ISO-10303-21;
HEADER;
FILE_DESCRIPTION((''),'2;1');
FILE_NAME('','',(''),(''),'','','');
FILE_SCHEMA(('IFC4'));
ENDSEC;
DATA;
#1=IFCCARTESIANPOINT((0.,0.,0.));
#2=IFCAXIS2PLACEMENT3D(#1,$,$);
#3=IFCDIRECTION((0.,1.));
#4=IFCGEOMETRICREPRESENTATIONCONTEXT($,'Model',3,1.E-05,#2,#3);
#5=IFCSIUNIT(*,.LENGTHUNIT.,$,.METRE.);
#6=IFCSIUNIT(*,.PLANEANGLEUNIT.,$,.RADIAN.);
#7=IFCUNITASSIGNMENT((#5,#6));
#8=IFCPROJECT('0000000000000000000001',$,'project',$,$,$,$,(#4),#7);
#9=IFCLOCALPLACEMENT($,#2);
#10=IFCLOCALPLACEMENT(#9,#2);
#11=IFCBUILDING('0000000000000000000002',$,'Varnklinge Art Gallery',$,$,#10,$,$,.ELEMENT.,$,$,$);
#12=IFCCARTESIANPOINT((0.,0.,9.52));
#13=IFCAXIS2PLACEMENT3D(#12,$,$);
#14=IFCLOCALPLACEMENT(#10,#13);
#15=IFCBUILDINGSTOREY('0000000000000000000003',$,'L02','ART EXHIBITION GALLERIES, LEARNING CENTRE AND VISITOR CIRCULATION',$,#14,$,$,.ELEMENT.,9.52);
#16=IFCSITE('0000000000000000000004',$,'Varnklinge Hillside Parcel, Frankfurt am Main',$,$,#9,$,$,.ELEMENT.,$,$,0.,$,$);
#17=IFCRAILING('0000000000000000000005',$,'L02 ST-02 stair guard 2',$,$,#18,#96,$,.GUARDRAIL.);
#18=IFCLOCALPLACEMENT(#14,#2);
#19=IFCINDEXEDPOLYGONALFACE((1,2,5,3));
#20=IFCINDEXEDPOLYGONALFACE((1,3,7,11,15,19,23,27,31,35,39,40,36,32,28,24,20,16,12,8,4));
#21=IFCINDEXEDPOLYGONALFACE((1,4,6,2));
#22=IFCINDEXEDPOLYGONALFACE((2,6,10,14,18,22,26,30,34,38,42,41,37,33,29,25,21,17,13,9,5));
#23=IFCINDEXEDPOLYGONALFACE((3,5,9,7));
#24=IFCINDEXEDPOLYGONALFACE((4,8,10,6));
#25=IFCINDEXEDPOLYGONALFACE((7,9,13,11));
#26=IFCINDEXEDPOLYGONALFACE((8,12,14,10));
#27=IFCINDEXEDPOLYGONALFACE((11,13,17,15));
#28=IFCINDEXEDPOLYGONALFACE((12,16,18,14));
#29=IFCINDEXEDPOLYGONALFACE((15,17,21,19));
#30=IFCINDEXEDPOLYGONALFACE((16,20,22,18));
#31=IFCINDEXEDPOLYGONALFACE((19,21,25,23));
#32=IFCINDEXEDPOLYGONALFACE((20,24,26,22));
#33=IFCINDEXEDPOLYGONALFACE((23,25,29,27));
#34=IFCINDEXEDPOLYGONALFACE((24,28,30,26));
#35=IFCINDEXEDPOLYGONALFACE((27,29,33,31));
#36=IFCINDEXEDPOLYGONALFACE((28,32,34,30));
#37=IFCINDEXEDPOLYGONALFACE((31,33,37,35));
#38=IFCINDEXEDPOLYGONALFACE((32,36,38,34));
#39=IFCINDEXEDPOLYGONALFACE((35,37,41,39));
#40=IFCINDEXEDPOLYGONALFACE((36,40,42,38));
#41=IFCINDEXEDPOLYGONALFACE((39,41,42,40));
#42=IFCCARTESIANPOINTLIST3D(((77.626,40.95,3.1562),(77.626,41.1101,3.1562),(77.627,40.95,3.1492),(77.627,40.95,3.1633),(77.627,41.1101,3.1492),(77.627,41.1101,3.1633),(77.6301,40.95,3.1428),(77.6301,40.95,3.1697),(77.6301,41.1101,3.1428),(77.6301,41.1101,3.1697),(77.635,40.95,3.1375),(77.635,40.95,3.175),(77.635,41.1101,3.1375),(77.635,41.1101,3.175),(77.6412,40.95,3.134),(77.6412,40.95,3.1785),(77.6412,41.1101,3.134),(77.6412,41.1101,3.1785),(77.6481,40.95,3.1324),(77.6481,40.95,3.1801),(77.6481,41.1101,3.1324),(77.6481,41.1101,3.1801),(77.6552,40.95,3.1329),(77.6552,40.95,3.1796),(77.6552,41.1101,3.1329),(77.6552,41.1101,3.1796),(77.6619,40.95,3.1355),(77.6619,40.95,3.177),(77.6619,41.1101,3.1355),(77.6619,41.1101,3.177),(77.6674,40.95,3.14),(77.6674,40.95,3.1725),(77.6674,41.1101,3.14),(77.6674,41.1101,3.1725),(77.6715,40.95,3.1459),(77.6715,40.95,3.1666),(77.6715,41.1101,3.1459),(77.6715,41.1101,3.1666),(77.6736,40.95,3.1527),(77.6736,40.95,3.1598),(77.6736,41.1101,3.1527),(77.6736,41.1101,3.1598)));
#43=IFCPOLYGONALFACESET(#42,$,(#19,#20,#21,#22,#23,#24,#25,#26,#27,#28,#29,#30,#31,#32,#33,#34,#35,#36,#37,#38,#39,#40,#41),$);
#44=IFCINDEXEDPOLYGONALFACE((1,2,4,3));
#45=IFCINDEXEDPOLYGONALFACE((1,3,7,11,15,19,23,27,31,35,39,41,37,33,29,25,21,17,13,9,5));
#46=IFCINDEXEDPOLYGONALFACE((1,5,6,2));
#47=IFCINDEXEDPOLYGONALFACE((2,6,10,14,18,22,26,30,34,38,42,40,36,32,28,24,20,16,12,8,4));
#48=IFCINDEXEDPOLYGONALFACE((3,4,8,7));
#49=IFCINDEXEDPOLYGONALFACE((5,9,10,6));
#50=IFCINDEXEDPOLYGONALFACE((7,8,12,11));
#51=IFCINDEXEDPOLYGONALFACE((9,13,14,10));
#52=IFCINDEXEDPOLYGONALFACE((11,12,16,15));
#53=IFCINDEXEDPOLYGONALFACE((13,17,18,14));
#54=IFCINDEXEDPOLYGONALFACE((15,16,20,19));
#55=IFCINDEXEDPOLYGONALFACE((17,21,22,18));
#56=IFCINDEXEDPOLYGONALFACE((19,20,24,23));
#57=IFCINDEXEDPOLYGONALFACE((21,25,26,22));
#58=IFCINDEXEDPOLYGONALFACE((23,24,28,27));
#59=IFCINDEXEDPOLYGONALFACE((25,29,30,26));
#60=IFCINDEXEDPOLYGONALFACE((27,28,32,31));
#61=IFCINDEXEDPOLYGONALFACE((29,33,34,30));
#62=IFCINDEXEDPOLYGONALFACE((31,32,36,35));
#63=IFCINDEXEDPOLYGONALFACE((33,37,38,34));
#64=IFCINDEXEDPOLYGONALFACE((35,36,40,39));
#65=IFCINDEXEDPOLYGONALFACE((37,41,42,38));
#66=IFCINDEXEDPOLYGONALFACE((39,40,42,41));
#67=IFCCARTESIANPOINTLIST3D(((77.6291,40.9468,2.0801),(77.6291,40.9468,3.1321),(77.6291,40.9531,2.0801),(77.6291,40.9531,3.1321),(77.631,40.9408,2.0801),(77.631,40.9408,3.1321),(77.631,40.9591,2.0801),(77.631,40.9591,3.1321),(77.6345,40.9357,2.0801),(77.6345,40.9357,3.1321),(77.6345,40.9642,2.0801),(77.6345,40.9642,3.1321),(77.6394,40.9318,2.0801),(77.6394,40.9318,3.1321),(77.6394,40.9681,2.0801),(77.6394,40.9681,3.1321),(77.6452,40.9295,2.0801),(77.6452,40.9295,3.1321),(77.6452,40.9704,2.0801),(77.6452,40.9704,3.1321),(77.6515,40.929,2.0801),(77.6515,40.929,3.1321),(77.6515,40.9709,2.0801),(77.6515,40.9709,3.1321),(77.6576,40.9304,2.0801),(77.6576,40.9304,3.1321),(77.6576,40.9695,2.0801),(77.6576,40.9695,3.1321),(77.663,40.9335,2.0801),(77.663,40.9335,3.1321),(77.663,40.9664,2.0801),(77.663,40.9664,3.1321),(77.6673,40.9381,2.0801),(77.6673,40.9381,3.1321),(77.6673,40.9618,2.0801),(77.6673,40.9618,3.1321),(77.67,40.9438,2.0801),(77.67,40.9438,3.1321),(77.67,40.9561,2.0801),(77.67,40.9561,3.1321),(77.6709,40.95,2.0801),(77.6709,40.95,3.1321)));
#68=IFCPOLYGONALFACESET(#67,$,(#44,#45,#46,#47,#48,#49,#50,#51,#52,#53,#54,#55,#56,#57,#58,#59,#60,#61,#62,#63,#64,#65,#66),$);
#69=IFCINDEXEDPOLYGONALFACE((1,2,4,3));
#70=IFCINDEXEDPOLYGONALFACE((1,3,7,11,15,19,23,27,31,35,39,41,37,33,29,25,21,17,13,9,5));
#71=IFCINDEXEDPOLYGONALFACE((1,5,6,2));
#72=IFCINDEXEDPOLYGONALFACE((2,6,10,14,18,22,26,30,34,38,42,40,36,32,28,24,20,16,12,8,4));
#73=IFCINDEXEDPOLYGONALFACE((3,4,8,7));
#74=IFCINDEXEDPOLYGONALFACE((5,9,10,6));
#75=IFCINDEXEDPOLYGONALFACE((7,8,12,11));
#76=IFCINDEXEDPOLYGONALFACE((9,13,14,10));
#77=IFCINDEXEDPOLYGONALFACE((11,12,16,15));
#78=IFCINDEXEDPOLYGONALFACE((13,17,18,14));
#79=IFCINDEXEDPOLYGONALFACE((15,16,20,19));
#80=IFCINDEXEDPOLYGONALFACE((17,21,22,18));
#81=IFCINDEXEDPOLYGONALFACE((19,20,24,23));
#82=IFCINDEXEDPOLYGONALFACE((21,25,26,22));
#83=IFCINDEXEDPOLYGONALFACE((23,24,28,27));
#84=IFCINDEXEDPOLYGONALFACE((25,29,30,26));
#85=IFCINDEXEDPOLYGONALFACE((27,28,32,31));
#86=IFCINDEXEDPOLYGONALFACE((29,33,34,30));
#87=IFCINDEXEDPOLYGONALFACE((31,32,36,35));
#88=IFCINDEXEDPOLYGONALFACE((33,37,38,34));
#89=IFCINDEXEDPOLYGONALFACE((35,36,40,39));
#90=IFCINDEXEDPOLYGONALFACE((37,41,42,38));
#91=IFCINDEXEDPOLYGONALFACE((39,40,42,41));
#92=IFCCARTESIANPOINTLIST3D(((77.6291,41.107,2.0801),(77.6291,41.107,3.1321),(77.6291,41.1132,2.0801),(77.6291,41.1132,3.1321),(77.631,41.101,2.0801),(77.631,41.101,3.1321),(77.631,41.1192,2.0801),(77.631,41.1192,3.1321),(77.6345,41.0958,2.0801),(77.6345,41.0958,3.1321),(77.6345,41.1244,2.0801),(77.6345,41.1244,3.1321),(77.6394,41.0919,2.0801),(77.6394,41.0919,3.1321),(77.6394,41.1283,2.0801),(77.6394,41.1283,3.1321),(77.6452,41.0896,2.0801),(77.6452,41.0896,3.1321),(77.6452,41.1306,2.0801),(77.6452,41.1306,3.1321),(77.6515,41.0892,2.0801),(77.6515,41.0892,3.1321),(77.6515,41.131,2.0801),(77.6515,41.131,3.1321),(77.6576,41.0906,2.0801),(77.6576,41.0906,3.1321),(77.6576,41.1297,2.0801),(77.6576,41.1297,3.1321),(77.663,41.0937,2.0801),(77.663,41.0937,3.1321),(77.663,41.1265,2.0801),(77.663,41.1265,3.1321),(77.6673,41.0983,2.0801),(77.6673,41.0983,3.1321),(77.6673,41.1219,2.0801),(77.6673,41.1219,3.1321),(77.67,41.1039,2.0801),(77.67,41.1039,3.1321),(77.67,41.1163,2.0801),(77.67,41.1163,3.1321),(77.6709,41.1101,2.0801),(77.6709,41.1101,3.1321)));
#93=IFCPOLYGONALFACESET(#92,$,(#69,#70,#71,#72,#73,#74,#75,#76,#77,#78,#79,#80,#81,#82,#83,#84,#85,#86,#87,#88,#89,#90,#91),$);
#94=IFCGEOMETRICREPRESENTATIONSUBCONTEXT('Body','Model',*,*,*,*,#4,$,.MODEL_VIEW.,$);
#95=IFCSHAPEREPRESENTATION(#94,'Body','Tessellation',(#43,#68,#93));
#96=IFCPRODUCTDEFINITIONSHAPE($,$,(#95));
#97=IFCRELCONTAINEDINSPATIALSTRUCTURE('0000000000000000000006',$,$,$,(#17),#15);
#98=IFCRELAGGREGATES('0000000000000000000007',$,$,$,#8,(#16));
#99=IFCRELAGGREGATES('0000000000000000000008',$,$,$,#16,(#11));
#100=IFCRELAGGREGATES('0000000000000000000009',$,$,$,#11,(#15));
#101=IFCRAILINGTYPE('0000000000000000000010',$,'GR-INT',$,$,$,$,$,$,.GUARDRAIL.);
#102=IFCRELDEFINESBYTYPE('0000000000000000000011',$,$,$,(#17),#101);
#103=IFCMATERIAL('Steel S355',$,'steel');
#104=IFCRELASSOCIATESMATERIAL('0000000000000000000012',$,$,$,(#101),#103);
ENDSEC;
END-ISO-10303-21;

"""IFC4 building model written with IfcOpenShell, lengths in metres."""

from ifc_helpers import new_model, si_unit, direction, frame, origin, origin_2d, place, context, subcontext, project, spatial, circle, extrude, material, type_object, element, save


model = new_model("IFC4")

# Units and contexts
model_context = context("Model", 3, precision=1e-05, world=origin(), true_north=direction((0.0, 1.0)))
body_context = subcontext(model_context, "Body", "Model", "MODEL_VIEW")
ifc_project = project(units=[si_unit("LENGTHUNIT", "METRE"), si_unit("PLANEANGLEUNIT", "RADIAN")], contexts=[model_context])

# Site, building, storey
site_placement = place(None, origin())
site = spatial("IfcSite", under=ifc_project, at=site_placement, Name="Varnklinge Hillside Parcel, Frankfurt am Main", CompositionType="ELEMENT", RefElevation=0.0)
building_placement = place(site_placement, origin())
building = spatial("IfcBuilding", under=site, at=building_placement, Name="Varnklinge Art Gallery", CompositionType="ELEMENT")
storey_placement = place(building_placement, frame((0.0, 0.0, 9.52)))
storey = spatial("IfcBuildingStorey", under=building, at=storey_placement, Name="L02", Description="ART EXHIBITION GALLERIES, LEARNING CENTRE AND VISITOR CIRCULATION", CompositionType="ELEMENT", Elevation=9.52)

# Railing
ifc_material_1 = material(Name="Steel S355", Category="steel")
railing_type_1 = type_object("IfcRailingType", Name="GR-INT", PredefinedType="GUARDRAIL", material=ifc_material_1)
railing_1_placement = place(storey_placement, frame((77.6499, 40.95, 2.0801)))
element("IfcRailing", 1, at=railing_1_placement, inside=storey, type_object=railing_type_1, Name="L02 ST-02 stair guard 2", PredefinedType="GUARDRAIL", context=body_context, shape_type="SweptSolid", body=[
    extrude(circle(Radius=0.0239, at=origin_2d()), frame((0.0, 0.0, 1.0762), z_axis=(0.0, 1.0, 0.0), x_axis=(-1.0, 0.0, 0.0)), (0.0, 0.0, 1.0), 0.1602),
    extrude(circle(Radius=0.021, at=origin_2d()), origin(), (0.0, 0.0, 1.0), 1.052),
    extrude(circle(Radius=0.021, at=origin_2d()), frame((0.0, 0.1602, 0.0)), (0.0, 0.0, 1.0), 1.052),
])

save(model, "model.ifc")
